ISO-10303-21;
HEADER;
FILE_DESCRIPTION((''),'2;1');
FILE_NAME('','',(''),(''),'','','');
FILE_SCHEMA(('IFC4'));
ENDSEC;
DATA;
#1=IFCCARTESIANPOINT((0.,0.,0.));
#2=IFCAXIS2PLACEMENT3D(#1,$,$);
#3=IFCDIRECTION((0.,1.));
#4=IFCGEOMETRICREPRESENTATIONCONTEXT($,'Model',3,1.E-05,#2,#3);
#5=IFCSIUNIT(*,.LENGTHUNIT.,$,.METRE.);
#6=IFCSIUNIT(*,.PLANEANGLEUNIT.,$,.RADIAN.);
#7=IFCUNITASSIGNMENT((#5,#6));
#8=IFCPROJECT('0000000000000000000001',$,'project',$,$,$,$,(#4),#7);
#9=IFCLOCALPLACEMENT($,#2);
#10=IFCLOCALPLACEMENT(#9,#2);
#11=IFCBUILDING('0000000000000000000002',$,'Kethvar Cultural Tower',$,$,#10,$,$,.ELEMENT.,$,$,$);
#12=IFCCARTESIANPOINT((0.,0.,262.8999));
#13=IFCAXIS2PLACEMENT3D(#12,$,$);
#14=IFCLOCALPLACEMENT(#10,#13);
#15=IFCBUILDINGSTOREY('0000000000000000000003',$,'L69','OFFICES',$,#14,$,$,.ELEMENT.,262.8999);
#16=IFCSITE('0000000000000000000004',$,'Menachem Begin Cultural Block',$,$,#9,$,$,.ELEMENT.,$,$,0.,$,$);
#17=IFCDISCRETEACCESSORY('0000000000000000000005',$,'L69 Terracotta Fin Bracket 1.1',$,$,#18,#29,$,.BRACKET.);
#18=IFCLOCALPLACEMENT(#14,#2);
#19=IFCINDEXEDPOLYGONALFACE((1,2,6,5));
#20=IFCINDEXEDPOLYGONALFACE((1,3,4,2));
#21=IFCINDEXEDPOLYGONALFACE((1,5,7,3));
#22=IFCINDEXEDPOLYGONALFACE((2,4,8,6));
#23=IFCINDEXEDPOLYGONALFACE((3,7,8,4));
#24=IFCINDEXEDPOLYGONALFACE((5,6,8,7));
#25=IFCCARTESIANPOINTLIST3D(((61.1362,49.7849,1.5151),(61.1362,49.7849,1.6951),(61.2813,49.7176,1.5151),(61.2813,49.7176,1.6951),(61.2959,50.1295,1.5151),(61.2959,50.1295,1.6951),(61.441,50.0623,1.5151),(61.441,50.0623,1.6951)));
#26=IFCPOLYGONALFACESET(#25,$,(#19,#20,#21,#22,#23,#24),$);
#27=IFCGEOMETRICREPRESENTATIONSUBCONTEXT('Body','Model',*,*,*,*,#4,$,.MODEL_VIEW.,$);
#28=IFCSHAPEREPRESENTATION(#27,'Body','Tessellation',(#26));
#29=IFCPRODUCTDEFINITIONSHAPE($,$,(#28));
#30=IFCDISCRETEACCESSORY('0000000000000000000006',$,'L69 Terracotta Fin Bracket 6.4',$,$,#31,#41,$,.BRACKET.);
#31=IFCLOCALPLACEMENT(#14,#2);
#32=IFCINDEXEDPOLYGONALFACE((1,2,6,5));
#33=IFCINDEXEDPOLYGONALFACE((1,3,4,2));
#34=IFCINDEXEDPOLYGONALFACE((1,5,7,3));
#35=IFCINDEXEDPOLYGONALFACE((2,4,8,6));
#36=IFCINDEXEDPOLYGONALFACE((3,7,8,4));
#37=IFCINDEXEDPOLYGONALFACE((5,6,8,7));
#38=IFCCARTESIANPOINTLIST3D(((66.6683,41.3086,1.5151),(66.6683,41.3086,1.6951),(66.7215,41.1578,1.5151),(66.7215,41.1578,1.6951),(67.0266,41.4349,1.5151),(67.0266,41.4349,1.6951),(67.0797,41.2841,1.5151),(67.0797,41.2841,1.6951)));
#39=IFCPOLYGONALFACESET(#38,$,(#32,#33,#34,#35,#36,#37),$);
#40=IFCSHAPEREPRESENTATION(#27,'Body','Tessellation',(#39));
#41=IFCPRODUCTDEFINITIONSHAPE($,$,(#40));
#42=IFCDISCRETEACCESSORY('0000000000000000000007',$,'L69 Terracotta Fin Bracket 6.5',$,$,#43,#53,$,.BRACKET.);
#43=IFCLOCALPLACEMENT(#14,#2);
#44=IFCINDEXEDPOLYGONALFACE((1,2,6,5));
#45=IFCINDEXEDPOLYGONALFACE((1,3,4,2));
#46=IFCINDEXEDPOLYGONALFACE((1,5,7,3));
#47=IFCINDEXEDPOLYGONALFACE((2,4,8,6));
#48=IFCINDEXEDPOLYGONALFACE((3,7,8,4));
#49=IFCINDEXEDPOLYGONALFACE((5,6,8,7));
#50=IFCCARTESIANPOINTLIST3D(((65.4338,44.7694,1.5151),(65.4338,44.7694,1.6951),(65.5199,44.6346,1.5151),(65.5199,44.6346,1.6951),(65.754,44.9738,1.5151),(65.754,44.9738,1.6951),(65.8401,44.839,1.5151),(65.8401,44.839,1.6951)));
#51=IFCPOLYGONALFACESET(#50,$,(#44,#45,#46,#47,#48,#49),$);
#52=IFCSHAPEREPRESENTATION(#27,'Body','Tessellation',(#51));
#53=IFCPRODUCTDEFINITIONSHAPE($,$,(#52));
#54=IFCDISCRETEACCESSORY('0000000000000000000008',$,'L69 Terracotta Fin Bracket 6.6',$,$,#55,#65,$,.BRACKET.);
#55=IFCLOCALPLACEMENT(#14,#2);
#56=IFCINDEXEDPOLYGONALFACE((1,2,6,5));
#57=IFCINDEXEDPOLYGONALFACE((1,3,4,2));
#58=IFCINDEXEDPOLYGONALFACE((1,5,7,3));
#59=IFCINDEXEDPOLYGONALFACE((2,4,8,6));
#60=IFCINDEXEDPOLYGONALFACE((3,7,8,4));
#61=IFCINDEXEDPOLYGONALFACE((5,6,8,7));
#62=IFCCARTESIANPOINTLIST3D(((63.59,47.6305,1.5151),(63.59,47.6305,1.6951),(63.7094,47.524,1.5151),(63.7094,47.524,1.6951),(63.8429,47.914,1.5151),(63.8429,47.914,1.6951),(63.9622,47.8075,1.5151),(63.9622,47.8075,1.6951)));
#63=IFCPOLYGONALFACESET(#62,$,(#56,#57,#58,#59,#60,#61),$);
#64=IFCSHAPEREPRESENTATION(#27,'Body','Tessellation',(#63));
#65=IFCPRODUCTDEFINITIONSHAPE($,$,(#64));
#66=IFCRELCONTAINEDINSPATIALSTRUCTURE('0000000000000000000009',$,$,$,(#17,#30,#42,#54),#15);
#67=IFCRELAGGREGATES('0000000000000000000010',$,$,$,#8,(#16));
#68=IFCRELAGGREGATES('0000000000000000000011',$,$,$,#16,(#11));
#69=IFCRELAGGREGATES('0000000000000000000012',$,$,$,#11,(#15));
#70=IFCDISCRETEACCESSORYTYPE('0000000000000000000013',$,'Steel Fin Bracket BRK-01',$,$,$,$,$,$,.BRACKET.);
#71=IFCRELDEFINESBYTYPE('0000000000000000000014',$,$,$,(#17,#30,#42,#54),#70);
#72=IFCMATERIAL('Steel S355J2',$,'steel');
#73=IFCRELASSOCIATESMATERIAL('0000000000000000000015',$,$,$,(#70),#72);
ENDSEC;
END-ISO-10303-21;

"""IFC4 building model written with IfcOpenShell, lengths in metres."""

from ifc_helpers import new_model, si_unit, direction, frame, origin, origin_2d, place, context, subcontext, project, spatial, rectangle, extrude, source, transform, mapped, material, type_object, element, save


model = new_model("IFC4")

# Units and contexts
model_context = context("Model", 3, precision=1e-05, world=origin(), true_north=direction((0.0, 1.0)))
body_context = subcontext(model_context, "Body", "Model", "MODEL_VIEW")
ifc_project = project(units=[si_unit("LENGTHUNIT", "METRE"), si_unit("PLANEANGLEUNIT", "RADIAN")], contexts=[model_context])

# Site, building, storey
site_placement = place(None, origin())
site = spatial("IfcSite", under=ifc_project, at=site_placement, Name="Menachem Begin Cultural Block", CompositionType="ELEMENT", RefElevation=0.0)
building_placement = place(site_placement, origin())
building = spatial("IfcBuilding", under=site, at=building_placement, Name="Kethvar Cultural Tower", CompositionType="ELEMENT")
storey_placement = place(building_placement, frame((0.0, 0.0, 262.8999)))
storey = spatial("IfcBuildingStorey", under=building, at=storey_placement, Name="L69", Description="OFFICES", CompositionType="ELEMENT", Elevation=262.8999)

# Shared definitions
ifc_material_1 = material(Name="Steel S355J2", Category="steel")

# Discrete accessories
discrete_accessory_type = type_object("IfcDiscreteAccessoryType", Name="Steel Fin Bracket BRK-01", PredefinedType="BRACKET", material=ifc_material_1)
shared_shape_1 = source(origin(), body_context, "Body", "SweptSolid", [
    extrude(rectangle(XDim=0.3799, YDim=0.1599, at=origin_2d()), origin(), (0.0, 0.0, 1.0), 0.1799),
])
for number, where, z_axis, x_axis, name in (
    (1, (61.2886, 49.9236, 1.5151), (0.0, 0.0, 1.0), (0.420402, 0.907338, 0.0), "L69 Terracotta Fin Bracket 1.1"),
    (2, (66.874, 41.2964, 1.5151), (0.0, 0.0, 1.0), (0.943107, 0.33249, 0.0), "L69 Terracotta Fin Bracket 6.4"),
    (3, (65.637, 44.8042, 1.5151), (0.0, 0.0, 1.0), (0.842922, 0.538035, 0.0), "L69 Terracotta Fin Bracket 6.5"),
    (4, (63.7761, 47.719, 1.5151), (0.0, 0.0, 1.0), (0.665621, 0.74629, 0.0), "L69 Terracotta Fin Bracket 6.6"),
):
    element("IfcDiscreteAccessory", number, at=place(storey_placement, frame(where, z_axis=z_axis, x_axis=x_axis)), inside=storey, type_object=discrete_accessory_type, Name=name, PredefinedType="BRACKET", context=body_context, shape_type="MappedRepresentation", body=[
        mapped(shared_shape_1, transform((0.0, 0.0, 0.0), scale=1.0)),
    ])

save(model, "model.ifc")
